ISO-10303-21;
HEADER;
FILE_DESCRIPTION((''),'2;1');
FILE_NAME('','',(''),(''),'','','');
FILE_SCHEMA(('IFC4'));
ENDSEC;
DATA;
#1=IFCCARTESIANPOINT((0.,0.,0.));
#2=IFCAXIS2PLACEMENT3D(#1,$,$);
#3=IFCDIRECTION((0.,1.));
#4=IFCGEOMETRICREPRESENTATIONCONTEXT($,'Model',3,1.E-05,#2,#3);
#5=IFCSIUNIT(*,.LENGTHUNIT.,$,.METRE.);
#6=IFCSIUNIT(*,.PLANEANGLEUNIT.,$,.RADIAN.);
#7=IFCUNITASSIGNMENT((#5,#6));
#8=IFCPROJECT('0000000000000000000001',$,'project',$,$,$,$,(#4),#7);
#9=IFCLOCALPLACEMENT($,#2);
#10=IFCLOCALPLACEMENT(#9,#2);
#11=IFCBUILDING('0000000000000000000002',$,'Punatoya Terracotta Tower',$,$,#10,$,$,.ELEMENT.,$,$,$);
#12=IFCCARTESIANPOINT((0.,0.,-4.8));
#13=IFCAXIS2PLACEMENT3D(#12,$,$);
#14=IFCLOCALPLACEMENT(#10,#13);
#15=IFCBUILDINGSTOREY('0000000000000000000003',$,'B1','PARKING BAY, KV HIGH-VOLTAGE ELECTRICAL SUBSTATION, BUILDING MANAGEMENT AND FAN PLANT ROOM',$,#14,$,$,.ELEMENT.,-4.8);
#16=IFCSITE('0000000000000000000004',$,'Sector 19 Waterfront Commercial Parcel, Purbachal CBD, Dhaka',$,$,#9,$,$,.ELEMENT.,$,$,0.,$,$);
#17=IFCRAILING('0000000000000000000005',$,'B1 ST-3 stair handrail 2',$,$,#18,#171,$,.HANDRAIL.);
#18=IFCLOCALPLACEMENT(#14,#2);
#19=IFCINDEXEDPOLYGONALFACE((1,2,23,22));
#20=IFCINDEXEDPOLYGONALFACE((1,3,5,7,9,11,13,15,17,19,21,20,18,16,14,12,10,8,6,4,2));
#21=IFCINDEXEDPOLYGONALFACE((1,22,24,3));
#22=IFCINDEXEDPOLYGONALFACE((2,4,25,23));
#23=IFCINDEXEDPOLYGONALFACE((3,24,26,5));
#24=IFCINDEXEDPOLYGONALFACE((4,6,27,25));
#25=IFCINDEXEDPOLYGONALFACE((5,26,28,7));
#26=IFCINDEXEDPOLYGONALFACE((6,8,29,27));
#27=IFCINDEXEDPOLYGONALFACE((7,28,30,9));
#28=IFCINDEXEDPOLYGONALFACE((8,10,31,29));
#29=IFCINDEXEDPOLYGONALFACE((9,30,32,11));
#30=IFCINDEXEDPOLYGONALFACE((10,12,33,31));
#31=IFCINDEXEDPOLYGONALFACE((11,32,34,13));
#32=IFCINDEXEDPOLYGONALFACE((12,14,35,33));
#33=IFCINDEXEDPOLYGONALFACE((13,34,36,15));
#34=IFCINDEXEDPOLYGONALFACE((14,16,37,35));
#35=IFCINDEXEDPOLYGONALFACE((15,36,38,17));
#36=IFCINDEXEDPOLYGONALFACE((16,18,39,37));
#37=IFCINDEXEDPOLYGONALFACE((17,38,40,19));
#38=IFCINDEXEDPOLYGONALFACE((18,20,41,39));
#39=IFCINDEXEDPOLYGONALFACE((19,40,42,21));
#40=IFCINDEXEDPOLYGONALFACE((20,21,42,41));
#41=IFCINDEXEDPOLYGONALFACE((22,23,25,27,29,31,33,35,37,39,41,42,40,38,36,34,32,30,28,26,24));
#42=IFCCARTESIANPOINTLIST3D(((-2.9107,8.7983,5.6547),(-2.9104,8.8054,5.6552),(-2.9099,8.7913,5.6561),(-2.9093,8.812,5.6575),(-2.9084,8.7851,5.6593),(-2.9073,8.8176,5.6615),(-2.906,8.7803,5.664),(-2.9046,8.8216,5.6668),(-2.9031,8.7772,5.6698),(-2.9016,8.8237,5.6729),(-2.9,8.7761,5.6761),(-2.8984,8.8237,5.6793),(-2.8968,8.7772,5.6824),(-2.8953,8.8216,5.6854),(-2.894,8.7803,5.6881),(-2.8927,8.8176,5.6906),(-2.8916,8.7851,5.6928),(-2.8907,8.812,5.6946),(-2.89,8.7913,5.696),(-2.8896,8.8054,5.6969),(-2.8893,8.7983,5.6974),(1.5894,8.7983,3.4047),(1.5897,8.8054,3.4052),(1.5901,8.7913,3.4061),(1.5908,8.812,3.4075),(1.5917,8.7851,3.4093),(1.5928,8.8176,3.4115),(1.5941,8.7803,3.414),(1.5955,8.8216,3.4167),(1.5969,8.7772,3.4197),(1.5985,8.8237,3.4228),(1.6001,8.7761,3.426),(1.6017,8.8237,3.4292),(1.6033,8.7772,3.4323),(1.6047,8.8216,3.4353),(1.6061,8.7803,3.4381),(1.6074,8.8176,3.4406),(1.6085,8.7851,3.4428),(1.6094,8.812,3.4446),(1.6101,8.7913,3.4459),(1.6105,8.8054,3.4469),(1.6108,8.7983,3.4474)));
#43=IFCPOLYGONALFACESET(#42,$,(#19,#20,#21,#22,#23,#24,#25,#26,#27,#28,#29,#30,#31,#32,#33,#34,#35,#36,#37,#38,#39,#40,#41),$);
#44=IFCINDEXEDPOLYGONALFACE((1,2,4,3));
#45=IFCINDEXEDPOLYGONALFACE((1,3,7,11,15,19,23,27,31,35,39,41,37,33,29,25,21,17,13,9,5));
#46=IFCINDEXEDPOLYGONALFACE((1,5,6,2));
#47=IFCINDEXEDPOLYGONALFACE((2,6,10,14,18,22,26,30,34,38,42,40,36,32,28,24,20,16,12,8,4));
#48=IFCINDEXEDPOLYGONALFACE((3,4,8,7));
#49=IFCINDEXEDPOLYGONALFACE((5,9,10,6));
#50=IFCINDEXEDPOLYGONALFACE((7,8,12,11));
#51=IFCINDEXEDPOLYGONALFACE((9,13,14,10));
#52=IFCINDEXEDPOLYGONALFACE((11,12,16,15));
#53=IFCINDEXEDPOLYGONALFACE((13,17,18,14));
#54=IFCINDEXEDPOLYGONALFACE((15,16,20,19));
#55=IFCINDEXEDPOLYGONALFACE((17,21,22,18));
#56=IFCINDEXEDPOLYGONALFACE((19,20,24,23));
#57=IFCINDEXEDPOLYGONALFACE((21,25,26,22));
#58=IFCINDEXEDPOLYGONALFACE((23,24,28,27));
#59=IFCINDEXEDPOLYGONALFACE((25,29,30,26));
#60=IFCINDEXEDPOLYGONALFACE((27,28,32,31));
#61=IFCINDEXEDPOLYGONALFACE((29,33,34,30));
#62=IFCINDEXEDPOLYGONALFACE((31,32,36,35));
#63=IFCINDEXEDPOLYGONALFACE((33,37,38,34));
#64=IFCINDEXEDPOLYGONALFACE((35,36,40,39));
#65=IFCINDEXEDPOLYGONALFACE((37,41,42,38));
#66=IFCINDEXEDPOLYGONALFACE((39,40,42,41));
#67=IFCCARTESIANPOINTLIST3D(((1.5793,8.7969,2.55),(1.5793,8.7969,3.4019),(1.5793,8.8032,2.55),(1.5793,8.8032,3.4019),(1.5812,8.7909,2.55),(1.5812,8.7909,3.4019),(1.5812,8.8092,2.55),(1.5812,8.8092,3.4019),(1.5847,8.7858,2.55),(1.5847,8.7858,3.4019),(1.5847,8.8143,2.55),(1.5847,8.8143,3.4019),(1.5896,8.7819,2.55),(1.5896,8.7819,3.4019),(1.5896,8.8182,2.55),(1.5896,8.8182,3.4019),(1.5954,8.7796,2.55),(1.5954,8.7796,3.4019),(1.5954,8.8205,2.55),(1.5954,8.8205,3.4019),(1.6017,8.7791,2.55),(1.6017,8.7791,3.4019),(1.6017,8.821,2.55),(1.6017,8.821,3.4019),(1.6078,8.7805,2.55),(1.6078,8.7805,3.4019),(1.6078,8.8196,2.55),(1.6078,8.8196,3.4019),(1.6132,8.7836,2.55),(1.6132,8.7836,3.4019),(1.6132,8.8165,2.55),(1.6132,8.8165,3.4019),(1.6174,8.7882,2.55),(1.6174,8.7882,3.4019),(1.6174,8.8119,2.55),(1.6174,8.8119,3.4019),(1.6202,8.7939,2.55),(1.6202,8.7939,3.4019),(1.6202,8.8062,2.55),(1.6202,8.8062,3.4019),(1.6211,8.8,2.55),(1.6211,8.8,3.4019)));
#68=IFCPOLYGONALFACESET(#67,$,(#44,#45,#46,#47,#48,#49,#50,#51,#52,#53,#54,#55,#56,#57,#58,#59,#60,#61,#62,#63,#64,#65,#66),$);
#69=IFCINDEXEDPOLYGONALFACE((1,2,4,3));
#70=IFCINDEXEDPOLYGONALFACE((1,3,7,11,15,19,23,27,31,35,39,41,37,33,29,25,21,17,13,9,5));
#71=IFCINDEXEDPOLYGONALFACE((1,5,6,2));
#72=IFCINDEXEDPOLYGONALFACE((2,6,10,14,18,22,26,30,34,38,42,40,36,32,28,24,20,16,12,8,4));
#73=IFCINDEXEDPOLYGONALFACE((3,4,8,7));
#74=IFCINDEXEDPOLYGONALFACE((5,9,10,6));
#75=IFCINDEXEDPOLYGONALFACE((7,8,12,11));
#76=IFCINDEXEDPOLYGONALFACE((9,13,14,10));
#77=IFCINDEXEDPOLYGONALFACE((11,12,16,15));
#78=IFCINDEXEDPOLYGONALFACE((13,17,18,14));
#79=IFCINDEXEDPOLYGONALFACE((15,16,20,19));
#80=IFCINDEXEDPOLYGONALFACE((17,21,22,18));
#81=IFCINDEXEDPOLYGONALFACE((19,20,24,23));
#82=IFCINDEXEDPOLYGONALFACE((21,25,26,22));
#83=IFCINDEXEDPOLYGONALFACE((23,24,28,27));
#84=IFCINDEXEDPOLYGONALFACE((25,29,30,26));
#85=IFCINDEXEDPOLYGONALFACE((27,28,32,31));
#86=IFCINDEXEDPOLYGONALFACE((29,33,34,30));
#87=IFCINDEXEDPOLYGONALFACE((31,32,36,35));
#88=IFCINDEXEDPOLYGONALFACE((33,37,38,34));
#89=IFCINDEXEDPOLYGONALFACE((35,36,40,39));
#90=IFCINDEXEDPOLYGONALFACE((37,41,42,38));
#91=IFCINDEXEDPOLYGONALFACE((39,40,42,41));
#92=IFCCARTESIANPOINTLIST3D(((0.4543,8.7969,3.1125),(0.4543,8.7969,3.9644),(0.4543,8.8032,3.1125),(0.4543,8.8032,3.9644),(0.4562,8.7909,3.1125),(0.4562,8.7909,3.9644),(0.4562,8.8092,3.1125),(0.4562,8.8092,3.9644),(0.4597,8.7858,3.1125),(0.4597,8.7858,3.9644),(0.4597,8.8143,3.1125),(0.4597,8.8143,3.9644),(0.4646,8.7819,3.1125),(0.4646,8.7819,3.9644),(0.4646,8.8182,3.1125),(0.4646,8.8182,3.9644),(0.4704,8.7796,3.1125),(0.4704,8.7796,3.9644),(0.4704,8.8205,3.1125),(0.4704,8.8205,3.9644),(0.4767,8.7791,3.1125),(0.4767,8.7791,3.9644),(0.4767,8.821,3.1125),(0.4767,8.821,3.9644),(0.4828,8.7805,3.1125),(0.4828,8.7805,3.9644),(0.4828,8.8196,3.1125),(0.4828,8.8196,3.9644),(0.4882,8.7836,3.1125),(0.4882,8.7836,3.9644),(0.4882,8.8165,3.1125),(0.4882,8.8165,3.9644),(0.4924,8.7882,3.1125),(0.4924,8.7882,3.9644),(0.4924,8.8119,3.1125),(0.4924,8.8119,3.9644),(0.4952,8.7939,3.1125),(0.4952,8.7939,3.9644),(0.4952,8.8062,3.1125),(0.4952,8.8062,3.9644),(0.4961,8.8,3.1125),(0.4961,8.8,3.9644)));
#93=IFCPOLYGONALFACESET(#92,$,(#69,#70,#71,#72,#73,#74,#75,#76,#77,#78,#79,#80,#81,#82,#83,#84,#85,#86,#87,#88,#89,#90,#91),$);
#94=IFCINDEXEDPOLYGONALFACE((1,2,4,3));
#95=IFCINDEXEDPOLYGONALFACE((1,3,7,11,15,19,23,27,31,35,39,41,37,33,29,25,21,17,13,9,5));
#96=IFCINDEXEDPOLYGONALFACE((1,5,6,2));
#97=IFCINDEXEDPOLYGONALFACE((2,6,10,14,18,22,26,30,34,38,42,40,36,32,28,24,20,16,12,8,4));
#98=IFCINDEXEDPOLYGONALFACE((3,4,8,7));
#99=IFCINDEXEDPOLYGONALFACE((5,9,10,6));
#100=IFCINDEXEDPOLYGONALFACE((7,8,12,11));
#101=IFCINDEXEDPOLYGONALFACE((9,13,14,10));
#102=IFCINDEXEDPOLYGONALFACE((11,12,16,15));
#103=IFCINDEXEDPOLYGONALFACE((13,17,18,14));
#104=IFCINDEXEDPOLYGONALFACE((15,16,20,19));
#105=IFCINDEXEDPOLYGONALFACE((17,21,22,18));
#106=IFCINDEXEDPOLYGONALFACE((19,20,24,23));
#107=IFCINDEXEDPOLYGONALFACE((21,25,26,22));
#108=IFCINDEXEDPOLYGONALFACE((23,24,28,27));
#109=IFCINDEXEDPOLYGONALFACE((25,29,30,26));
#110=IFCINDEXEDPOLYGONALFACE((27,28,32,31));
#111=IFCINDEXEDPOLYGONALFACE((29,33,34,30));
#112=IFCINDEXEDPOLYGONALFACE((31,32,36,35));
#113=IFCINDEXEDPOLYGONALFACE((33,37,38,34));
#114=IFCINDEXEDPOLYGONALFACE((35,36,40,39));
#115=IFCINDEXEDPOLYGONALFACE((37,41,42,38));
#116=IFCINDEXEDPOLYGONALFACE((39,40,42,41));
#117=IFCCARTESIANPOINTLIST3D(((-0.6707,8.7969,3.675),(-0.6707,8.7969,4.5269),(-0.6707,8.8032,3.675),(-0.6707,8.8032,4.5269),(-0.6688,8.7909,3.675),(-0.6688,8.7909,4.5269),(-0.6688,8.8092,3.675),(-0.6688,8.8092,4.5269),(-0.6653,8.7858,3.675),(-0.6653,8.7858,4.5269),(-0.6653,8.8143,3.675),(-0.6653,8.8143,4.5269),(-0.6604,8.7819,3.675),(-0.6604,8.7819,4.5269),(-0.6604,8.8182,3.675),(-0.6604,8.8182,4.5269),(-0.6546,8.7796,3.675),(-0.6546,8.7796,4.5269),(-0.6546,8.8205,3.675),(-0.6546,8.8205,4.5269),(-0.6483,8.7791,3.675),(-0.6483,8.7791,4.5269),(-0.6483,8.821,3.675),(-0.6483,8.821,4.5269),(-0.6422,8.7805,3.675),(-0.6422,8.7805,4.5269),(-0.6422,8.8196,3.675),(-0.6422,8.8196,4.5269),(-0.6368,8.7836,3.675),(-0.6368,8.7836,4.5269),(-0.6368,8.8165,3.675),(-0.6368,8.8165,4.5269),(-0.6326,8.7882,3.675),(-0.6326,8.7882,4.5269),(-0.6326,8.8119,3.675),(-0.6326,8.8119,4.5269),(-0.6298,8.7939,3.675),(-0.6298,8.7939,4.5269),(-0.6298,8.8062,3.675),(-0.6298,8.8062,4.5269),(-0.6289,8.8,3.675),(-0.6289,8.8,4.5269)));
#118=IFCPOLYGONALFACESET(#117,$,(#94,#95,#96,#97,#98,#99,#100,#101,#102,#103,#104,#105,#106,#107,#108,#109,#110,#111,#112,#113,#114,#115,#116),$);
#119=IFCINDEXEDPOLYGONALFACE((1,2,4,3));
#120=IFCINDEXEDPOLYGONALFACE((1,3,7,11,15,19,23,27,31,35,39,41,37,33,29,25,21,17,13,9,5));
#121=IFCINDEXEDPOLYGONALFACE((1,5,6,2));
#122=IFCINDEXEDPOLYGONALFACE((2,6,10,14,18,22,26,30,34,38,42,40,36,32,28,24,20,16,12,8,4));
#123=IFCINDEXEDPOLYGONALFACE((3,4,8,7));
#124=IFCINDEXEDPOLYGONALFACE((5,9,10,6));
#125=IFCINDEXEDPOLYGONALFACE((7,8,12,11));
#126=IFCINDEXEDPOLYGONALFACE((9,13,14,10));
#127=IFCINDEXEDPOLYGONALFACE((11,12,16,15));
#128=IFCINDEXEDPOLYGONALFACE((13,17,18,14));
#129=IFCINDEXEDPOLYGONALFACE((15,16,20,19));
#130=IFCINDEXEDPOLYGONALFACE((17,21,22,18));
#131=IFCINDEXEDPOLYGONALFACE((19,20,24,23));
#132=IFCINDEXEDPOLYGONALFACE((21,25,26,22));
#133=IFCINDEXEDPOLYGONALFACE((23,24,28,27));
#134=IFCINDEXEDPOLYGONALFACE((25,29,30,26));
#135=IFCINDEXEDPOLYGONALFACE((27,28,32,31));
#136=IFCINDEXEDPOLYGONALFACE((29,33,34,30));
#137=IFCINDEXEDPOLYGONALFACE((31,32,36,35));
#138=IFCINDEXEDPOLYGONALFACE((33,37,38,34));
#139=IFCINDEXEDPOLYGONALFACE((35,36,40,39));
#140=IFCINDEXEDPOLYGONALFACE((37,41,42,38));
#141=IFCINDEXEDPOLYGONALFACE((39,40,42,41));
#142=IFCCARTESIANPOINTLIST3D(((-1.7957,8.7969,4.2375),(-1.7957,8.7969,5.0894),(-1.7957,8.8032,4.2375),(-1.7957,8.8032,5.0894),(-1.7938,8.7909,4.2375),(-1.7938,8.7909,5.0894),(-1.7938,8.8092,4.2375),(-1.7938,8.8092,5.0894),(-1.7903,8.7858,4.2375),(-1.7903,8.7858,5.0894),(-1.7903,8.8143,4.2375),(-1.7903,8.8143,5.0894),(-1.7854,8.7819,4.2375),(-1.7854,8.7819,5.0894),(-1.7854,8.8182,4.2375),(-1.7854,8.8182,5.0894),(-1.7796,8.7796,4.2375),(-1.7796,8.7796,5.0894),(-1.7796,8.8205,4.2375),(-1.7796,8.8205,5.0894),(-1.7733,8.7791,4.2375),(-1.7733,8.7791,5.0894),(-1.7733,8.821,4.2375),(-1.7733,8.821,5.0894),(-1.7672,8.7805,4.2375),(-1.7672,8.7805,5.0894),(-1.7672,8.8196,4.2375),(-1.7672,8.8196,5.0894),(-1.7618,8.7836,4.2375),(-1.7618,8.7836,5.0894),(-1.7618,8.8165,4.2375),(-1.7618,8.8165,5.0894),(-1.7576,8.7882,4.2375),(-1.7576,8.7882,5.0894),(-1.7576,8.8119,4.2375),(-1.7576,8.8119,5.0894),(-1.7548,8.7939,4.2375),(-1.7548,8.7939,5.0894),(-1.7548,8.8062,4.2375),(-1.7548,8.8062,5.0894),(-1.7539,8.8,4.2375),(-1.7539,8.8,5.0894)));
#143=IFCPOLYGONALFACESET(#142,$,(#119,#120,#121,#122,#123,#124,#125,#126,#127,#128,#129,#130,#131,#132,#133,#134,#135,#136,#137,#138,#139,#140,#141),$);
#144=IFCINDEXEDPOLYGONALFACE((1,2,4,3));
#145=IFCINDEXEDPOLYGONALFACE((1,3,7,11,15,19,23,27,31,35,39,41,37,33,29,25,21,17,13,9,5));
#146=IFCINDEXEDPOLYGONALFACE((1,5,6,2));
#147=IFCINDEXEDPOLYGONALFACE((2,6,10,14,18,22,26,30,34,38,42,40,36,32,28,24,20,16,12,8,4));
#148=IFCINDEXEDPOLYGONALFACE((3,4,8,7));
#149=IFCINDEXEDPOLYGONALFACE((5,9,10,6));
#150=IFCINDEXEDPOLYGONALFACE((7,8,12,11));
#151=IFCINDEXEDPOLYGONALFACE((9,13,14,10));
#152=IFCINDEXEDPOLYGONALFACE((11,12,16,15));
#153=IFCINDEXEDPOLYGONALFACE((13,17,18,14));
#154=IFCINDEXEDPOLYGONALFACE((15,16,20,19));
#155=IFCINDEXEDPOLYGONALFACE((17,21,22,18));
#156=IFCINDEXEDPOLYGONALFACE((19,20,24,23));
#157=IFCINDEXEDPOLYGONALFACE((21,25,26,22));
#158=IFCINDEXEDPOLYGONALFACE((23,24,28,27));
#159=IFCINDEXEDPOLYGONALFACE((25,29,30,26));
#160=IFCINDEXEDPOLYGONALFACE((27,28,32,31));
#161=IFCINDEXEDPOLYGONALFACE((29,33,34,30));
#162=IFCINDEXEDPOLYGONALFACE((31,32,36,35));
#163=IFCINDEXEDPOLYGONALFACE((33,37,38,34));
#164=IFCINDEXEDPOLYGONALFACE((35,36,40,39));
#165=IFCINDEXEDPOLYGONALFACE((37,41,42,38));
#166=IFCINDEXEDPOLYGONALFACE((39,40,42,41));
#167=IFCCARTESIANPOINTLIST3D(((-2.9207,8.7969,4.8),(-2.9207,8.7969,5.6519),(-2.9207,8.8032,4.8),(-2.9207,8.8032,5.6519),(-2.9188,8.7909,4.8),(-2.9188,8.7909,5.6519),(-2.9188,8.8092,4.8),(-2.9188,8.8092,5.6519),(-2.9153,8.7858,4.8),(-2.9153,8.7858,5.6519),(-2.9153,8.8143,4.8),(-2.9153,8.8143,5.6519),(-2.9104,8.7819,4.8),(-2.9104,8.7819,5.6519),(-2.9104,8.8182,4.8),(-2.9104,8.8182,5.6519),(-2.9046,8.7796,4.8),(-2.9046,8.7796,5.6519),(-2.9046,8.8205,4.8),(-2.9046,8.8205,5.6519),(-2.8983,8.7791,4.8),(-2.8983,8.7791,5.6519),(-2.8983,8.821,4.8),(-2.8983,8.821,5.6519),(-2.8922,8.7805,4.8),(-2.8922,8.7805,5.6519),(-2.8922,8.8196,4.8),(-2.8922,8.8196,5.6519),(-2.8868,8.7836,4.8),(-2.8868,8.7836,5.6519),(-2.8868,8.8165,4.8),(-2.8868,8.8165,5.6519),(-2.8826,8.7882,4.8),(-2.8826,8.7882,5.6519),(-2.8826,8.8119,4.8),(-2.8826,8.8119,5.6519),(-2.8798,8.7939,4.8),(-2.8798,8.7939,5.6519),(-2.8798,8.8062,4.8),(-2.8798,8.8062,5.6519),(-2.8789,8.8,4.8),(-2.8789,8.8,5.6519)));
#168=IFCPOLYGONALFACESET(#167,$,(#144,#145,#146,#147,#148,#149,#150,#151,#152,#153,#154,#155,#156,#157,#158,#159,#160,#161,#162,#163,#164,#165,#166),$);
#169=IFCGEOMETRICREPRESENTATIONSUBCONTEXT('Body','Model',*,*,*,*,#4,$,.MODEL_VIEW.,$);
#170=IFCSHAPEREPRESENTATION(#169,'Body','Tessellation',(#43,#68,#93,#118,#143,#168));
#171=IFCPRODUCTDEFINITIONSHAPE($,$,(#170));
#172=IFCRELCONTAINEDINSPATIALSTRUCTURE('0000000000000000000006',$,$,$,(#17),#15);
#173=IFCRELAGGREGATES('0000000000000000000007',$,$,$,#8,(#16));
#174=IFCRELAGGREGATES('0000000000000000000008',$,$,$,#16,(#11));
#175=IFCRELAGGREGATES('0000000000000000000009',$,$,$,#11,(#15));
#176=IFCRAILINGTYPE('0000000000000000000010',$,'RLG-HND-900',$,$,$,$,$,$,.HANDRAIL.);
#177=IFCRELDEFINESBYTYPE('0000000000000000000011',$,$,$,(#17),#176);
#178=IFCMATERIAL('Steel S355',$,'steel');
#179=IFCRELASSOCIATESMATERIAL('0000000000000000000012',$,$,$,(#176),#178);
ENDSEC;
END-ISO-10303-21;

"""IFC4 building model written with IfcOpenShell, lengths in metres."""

from ifc_helpers import new_model, si_unit, direction, frame, origin, origin_2d, place, context, subcontext, project, spatial, circle, extrude, material, type_object, element, save


model = new_model("IFC4")

# Units and contexts
model_context = context("Model", 3, precision=1e-05, world=origin(), true_north=direction((0.0, 1.0)))
body_context = subcontext(model_context, "Body", "Model", "MODEL_VIEW")
ifc_project = project(units=[si_unit("LENGTHUNIT", "METRE"), si_unit("PLANEANGLEUNIT", "RADIAN")], contexts=[model_context])

# Site, building, storey
site_placement = place(None, origin())
site = spatial("IfcSite", under=ifc_project, at=site_placement, Name="Sector 19 Waterfront Commercial Parcel, Purbachal CBD, Dhaka", CompositionType="ELEMENT", RefElevation=0.0)
building_placement = place(site_placement, origin())
building = spatial("IfcBuilding", under=site, at=building_placement, Name="Punatoya Terracotta Tower", CompositionType="ELEMENT")
storey_placement = place(building_placement, frame((0.0, 0.0, -4.8)))
storey = spatial("IfcBuildingStorey", under=building, at=storey_placement, Name="B1", Description="PARKING BAY, KV HIGH-VOLTAGE ELECTRICAL SUBSTATION, BUILDING MANAGEMENT AND FAN PLANT ROOM", CompositionType="ELEMENT", Elevation=-4.8)

# Shared definitions
ifc_material_1 = material(Name="Steel S355", Category="steel")

# Railing
railing_type_1 = type_object("IfcRailingType", Name="RLG-HND-900", PredefinedType="HANDRAIL", material=ifc_material_1)
railing_1_placement = place(storey_placement, frame((1.6001, 8.8, 2.55)))
element("IfcRailing", 1, at=railing_1_placement, inside=storey, type_object=railing_type_1, Name="B1 ST-3 stair handrail 2", PredefinedType="HANDRAIL", context=body_context, shape_type="SweptSolid", body=[
    extrude(circle(Radius=0.0239, at=origin_2d()), frame((0.0, 0.0, 0.876), z_axis=(-0.894427, 0.0, 0.447214), x_axis=(0.0, -1.0, 0.0)), (0.0, 0.0, 1.0), 5.0312),
    extrude(circle(Radius=0.021, at=origin_2d()), origin(), (0.0, 0.0, 1.0), 0.8518),
    extrude(circle(Radius=0.021, at=origin_2d()), frame((-1.125, 0.0, 0.5625)), (0.0, 0.0, 1.0), 0.8518),
    extrude(circle(Radius=0.021, at=origin_2d()), frame((-2.25, 0.0, 1.125)), (0.0, 0.0, 1.0), 0.8518),
    extrude(circle(Radius=0.021, at=origin_2d()), frame((-3.375, 0.0, 1.6875)), (0.0, 0.0, 1.0), 0.8518),
    extrude(circle(Radius=0.021, at=origin_2d()), frame((-4.5, 0.0, 2.25)), (0.0, 0.0, 1.0), 0.8518),
])

save(model, "model.ifc")
